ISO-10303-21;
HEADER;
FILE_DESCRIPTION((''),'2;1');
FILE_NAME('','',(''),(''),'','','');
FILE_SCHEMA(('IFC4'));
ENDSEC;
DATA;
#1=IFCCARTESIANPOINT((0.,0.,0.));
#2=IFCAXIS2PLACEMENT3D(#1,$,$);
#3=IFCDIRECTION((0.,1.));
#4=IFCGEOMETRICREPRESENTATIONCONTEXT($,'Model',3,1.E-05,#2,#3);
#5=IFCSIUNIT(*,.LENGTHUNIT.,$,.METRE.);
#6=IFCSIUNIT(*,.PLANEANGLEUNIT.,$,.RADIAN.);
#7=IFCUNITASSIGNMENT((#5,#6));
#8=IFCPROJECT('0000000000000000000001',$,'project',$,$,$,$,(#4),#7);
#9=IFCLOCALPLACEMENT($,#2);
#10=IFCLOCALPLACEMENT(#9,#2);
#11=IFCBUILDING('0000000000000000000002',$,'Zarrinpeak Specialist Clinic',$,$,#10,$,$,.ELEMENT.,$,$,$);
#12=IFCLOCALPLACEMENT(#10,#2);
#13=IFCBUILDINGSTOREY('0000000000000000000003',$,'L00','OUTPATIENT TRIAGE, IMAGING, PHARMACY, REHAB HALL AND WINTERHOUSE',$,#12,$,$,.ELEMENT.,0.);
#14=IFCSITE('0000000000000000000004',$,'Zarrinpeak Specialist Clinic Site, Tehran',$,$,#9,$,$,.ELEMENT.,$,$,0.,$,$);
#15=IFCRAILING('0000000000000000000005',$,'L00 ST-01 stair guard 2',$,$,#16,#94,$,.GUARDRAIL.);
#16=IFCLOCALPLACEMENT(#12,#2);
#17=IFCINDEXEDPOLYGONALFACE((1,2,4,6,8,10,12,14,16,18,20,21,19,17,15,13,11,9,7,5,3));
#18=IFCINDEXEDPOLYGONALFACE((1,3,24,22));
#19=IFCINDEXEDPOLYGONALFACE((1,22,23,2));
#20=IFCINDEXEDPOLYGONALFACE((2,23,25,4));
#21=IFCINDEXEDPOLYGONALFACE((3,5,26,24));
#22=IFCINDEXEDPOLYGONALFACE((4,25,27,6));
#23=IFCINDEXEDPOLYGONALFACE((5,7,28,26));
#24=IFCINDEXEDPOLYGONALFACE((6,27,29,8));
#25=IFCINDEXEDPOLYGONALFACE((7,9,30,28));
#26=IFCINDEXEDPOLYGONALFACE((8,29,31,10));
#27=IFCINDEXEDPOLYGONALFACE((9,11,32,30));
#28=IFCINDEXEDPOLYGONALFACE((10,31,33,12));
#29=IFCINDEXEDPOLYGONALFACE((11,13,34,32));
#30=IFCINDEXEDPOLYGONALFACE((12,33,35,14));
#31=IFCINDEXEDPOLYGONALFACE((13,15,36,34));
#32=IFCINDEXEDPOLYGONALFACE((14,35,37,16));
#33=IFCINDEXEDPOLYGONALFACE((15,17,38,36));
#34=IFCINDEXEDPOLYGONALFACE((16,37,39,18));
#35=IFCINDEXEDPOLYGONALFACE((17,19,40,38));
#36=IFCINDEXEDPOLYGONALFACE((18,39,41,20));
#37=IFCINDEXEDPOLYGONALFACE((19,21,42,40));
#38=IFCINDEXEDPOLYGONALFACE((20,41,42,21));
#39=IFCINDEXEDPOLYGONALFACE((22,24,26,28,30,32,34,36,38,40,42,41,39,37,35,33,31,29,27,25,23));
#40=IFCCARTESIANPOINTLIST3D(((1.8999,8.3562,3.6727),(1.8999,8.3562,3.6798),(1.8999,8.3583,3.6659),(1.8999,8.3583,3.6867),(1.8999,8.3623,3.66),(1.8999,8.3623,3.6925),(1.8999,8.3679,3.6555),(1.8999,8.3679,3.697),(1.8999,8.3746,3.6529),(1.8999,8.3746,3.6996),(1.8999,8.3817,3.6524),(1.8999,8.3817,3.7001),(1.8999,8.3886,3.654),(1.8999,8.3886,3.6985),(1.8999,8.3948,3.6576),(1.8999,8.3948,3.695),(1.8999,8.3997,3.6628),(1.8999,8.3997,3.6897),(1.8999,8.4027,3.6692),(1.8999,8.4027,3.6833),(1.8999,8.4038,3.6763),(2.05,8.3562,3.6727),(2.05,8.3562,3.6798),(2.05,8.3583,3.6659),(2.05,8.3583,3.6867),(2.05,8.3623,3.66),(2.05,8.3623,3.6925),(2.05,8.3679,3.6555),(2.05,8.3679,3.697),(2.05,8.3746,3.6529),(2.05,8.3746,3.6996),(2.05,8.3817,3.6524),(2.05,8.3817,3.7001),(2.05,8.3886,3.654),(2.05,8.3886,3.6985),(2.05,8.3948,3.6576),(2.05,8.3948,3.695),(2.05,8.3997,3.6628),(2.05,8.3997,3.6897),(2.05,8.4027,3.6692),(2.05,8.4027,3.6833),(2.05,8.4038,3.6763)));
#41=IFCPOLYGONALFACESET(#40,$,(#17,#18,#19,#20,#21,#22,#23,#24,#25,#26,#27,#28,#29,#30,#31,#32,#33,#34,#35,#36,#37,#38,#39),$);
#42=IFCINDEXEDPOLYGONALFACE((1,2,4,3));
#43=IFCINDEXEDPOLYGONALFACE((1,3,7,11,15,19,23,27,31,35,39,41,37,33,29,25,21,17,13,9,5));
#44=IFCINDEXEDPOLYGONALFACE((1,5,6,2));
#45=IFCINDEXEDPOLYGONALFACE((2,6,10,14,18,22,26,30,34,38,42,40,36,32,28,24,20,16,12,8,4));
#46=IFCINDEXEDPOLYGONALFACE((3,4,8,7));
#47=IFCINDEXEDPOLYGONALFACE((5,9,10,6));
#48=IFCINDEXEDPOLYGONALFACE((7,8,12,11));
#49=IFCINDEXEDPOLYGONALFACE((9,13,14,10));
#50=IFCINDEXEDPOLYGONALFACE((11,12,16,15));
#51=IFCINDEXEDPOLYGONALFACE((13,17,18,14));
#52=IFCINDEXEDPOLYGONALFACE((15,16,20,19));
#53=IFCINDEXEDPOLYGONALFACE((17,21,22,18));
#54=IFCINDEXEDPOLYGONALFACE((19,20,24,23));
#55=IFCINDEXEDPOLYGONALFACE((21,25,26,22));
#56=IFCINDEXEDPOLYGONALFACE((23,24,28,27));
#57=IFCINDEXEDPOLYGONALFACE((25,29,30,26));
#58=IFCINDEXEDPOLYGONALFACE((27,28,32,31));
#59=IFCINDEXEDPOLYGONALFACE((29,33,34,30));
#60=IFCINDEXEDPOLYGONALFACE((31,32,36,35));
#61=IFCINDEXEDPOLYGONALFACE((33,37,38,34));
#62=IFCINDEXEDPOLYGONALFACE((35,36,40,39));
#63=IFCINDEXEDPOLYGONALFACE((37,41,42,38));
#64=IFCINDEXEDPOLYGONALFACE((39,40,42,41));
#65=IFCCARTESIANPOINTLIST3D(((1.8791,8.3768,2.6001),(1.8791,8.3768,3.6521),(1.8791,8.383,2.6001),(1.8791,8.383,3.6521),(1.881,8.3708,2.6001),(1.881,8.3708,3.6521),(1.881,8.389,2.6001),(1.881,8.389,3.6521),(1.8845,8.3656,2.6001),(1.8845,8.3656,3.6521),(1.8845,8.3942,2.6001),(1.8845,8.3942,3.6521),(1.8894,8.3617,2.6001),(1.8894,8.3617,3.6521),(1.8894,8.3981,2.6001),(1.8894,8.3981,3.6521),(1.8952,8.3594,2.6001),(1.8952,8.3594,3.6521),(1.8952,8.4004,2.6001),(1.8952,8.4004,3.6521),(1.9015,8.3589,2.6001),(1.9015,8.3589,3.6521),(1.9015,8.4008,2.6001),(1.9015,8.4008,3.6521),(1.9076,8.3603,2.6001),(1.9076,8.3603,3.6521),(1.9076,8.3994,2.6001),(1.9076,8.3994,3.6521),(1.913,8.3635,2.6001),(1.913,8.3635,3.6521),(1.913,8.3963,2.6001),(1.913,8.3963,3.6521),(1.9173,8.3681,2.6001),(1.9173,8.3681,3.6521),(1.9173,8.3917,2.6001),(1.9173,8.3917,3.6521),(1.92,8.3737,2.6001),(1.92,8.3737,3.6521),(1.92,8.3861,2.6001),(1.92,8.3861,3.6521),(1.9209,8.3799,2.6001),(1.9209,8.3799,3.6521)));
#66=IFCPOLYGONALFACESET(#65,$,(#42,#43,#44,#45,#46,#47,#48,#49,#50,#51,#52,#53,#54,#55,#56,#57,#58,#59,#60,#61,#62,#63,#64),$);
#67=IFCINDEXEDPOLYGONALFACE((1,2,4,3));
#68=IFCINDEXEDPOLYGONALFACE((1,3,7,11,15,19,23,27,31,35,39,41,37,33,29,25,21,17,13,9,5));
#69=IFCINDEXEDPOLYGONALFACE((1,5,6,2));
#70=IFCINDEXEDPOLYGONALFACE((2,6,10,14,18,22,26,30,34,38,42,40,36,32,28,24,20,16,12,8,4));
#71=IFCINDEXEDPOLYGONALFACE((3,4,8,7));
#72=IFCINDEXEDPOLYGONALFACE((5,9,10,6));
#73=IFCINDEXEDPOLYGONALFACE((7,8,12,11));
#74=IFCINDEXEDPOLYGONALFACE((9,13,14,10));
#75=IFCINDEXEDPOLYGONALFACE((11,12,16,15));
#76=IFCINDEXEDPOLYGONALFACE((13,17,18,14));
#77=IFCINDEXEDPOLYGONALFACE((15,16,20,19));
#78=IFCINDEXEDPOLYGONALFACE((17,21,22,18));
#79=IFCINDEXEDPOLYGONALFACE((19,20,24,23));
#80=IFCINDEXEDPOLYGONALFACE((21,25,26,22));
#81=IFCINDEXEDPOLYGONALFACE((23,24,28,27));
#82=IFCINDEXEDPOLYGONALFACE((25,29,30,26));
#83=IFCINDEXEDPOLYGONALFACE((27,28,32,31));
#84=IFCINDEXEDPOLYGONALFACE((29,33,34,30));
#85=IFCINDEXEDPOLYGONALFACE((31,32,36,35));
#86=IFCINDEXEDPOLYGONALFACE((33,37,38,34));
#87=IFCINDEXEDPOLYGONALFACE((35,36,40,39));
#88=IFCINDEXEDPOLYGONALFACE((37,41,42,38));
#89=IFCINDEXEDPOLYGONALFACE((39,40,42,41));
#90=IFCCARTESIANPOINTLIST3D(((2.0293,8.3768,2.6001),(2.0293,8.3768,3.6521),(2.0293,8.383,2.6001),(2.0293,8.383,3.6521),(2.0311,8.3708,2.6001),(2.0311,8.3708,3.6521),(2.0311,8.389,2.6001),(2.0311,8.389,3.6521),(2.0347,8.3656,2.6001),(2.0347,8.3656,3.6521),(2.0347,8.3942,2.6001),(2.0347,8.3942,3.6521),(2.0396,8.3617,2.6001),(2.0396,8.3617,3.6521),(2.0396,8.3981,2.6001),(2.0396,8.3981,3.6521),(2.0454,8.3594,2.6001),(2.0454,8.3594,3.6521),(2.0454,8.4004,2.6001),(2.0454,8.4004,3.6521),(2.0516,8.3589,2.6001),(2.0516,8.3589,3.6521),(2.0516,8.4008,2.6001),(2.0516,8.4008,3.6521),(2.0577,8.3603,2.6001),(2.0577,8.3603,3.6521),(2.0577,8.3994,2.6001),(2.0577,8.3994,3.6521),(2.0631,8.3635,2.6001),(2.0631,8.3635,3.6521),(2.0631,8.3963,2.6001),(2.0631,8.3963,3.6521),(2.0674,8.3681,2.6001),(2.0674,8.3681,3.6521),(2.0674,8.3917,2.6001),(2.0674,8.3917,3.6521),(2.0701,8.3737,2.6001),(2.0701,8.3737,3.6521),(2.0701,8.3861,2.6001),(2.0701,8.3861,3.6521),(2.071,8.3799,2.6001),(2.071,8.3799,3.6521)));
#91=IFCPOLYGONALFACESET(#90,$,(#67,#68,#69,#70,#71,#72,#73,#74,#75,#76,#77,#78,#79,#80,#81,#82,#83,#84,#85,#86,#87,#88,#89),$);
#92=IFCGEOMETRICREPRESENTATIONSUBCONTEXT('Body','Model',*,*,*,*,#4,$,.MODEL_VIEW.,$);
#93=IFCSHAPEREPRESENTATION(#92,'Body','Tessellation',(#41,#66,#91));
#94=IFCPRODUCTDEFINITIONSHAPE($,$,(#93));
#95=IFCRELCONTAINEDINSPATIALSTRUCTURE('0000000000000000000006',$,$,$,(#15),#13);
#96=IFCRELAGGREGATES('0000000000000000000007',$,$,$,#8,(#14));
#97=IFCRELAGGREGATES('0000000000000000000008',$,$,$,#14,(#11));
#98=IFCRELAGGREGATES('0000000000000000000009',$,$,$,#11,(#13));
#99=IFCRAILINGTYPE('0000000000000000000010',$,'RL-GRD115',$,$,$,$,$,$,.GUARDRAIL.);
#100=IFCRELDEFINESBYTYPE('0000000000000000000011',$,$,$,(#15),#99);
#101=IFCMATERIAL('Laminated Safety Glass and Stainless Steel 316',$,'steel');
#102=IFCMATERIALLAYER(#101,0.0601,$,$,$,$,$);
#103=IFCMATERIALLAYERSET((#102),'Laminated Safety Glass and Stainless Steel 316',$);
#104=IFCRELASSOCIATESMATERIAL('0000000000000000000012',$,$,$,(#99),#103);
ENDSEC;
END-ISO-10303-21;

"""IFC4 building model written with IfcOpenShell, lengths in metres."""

from ifc_helpers import new_model, si_unit, direction, frame, origin, origin_2d, place, context, subcontext, project, spatial, circle, extrude, material, layer, layer_set, type_object, element, save


model = new_model("IFC4")

# Units and contexts
model_context = context("Model", 3, precision=1e-05, world=origin(), true_north=direction((0.0, 1.0)))
body_context = subcontext(model_context, "Body", "Model", "MODEL_VIEW")
ifc_project = project(units=[si_unit("LENGTHUNIT", "METRE"), si_unit("PLANEANGLEUNIT", "RADIAN")], contexts=[model_context])

# Site, building, storey
site_placement = place(None, origin())
site = spatial("IfcSite", under=ifc_project, at=site_placement, Name="Zarrinpeak Specialist Clinic Site, Tehran", CompositionType="ELEMENT", RefElevation=0.0)
building_placement = place(site_placement, origin())
building = spatial("IfcBuilding", under=site, at=building_placement, Name="Zarrinpeak Specialist Clinic", CompositionType="ELEMENT")
storey_placement = place(building_placement, origin())
storey = spatial("IfcBuildingStorey", under=building, at=storey_placement, Name="L00", Description="OUTPATIENT TRIAGE, IMAGING, PHARMACY, REHAB HALL AND WINTERHOUSE", CompositionType="ELEMENT", Elevation=0.0)

# Railing
ifc_material_1 = material(Name="Laminated Safety Glass and Stainless Steel 316", Category="steel")
ifc_layer_1 = layer(ifc_material_1, 0.0601)
ifc_layer_set_1 = layer_set([ifc_layer_1], Name="Laminated Safety Glass and Stainless Steel 316")
railing_type_1 = type_object("IfcRailingType", Name="RL-GRD115", PredefinedType="GUARDRAIL", material=ifc_layer_set_1)
railing_1_placement = place(storey_placement, frame((1.8999, 8.3799, 2.6001)))
element("IfcRailing", 1, at=railing_1_placement, inside=storey, type_object=railing_type_1, Name="L00 ST-01 stair guard 2", PredefinedType="GUARDRAIL", context=body_context, shape_type="SweptSolid", body=[
    extrude(circle(Radius=0.0239, at=origin_2d()), frame((0.0, 0.0, 1.0762), z_axis=(1.0, 0.0, 0.0), x_axis=(0.0, 1.0, 0.0)), (0.0, 0.0, 1.0), 0.1501),
    extrude(circle(Radius=0.021, at=origin_2d()), origin(), (0.0, 0.0, 1.0), 1.052),
    extrude(circle(Radius=0.021, at=origin_2d()), frame((0.1501, 0.0, 0.0)), (0.0, 0.0, 1.0), 1.052),
])

save(model, "model.ifc")
